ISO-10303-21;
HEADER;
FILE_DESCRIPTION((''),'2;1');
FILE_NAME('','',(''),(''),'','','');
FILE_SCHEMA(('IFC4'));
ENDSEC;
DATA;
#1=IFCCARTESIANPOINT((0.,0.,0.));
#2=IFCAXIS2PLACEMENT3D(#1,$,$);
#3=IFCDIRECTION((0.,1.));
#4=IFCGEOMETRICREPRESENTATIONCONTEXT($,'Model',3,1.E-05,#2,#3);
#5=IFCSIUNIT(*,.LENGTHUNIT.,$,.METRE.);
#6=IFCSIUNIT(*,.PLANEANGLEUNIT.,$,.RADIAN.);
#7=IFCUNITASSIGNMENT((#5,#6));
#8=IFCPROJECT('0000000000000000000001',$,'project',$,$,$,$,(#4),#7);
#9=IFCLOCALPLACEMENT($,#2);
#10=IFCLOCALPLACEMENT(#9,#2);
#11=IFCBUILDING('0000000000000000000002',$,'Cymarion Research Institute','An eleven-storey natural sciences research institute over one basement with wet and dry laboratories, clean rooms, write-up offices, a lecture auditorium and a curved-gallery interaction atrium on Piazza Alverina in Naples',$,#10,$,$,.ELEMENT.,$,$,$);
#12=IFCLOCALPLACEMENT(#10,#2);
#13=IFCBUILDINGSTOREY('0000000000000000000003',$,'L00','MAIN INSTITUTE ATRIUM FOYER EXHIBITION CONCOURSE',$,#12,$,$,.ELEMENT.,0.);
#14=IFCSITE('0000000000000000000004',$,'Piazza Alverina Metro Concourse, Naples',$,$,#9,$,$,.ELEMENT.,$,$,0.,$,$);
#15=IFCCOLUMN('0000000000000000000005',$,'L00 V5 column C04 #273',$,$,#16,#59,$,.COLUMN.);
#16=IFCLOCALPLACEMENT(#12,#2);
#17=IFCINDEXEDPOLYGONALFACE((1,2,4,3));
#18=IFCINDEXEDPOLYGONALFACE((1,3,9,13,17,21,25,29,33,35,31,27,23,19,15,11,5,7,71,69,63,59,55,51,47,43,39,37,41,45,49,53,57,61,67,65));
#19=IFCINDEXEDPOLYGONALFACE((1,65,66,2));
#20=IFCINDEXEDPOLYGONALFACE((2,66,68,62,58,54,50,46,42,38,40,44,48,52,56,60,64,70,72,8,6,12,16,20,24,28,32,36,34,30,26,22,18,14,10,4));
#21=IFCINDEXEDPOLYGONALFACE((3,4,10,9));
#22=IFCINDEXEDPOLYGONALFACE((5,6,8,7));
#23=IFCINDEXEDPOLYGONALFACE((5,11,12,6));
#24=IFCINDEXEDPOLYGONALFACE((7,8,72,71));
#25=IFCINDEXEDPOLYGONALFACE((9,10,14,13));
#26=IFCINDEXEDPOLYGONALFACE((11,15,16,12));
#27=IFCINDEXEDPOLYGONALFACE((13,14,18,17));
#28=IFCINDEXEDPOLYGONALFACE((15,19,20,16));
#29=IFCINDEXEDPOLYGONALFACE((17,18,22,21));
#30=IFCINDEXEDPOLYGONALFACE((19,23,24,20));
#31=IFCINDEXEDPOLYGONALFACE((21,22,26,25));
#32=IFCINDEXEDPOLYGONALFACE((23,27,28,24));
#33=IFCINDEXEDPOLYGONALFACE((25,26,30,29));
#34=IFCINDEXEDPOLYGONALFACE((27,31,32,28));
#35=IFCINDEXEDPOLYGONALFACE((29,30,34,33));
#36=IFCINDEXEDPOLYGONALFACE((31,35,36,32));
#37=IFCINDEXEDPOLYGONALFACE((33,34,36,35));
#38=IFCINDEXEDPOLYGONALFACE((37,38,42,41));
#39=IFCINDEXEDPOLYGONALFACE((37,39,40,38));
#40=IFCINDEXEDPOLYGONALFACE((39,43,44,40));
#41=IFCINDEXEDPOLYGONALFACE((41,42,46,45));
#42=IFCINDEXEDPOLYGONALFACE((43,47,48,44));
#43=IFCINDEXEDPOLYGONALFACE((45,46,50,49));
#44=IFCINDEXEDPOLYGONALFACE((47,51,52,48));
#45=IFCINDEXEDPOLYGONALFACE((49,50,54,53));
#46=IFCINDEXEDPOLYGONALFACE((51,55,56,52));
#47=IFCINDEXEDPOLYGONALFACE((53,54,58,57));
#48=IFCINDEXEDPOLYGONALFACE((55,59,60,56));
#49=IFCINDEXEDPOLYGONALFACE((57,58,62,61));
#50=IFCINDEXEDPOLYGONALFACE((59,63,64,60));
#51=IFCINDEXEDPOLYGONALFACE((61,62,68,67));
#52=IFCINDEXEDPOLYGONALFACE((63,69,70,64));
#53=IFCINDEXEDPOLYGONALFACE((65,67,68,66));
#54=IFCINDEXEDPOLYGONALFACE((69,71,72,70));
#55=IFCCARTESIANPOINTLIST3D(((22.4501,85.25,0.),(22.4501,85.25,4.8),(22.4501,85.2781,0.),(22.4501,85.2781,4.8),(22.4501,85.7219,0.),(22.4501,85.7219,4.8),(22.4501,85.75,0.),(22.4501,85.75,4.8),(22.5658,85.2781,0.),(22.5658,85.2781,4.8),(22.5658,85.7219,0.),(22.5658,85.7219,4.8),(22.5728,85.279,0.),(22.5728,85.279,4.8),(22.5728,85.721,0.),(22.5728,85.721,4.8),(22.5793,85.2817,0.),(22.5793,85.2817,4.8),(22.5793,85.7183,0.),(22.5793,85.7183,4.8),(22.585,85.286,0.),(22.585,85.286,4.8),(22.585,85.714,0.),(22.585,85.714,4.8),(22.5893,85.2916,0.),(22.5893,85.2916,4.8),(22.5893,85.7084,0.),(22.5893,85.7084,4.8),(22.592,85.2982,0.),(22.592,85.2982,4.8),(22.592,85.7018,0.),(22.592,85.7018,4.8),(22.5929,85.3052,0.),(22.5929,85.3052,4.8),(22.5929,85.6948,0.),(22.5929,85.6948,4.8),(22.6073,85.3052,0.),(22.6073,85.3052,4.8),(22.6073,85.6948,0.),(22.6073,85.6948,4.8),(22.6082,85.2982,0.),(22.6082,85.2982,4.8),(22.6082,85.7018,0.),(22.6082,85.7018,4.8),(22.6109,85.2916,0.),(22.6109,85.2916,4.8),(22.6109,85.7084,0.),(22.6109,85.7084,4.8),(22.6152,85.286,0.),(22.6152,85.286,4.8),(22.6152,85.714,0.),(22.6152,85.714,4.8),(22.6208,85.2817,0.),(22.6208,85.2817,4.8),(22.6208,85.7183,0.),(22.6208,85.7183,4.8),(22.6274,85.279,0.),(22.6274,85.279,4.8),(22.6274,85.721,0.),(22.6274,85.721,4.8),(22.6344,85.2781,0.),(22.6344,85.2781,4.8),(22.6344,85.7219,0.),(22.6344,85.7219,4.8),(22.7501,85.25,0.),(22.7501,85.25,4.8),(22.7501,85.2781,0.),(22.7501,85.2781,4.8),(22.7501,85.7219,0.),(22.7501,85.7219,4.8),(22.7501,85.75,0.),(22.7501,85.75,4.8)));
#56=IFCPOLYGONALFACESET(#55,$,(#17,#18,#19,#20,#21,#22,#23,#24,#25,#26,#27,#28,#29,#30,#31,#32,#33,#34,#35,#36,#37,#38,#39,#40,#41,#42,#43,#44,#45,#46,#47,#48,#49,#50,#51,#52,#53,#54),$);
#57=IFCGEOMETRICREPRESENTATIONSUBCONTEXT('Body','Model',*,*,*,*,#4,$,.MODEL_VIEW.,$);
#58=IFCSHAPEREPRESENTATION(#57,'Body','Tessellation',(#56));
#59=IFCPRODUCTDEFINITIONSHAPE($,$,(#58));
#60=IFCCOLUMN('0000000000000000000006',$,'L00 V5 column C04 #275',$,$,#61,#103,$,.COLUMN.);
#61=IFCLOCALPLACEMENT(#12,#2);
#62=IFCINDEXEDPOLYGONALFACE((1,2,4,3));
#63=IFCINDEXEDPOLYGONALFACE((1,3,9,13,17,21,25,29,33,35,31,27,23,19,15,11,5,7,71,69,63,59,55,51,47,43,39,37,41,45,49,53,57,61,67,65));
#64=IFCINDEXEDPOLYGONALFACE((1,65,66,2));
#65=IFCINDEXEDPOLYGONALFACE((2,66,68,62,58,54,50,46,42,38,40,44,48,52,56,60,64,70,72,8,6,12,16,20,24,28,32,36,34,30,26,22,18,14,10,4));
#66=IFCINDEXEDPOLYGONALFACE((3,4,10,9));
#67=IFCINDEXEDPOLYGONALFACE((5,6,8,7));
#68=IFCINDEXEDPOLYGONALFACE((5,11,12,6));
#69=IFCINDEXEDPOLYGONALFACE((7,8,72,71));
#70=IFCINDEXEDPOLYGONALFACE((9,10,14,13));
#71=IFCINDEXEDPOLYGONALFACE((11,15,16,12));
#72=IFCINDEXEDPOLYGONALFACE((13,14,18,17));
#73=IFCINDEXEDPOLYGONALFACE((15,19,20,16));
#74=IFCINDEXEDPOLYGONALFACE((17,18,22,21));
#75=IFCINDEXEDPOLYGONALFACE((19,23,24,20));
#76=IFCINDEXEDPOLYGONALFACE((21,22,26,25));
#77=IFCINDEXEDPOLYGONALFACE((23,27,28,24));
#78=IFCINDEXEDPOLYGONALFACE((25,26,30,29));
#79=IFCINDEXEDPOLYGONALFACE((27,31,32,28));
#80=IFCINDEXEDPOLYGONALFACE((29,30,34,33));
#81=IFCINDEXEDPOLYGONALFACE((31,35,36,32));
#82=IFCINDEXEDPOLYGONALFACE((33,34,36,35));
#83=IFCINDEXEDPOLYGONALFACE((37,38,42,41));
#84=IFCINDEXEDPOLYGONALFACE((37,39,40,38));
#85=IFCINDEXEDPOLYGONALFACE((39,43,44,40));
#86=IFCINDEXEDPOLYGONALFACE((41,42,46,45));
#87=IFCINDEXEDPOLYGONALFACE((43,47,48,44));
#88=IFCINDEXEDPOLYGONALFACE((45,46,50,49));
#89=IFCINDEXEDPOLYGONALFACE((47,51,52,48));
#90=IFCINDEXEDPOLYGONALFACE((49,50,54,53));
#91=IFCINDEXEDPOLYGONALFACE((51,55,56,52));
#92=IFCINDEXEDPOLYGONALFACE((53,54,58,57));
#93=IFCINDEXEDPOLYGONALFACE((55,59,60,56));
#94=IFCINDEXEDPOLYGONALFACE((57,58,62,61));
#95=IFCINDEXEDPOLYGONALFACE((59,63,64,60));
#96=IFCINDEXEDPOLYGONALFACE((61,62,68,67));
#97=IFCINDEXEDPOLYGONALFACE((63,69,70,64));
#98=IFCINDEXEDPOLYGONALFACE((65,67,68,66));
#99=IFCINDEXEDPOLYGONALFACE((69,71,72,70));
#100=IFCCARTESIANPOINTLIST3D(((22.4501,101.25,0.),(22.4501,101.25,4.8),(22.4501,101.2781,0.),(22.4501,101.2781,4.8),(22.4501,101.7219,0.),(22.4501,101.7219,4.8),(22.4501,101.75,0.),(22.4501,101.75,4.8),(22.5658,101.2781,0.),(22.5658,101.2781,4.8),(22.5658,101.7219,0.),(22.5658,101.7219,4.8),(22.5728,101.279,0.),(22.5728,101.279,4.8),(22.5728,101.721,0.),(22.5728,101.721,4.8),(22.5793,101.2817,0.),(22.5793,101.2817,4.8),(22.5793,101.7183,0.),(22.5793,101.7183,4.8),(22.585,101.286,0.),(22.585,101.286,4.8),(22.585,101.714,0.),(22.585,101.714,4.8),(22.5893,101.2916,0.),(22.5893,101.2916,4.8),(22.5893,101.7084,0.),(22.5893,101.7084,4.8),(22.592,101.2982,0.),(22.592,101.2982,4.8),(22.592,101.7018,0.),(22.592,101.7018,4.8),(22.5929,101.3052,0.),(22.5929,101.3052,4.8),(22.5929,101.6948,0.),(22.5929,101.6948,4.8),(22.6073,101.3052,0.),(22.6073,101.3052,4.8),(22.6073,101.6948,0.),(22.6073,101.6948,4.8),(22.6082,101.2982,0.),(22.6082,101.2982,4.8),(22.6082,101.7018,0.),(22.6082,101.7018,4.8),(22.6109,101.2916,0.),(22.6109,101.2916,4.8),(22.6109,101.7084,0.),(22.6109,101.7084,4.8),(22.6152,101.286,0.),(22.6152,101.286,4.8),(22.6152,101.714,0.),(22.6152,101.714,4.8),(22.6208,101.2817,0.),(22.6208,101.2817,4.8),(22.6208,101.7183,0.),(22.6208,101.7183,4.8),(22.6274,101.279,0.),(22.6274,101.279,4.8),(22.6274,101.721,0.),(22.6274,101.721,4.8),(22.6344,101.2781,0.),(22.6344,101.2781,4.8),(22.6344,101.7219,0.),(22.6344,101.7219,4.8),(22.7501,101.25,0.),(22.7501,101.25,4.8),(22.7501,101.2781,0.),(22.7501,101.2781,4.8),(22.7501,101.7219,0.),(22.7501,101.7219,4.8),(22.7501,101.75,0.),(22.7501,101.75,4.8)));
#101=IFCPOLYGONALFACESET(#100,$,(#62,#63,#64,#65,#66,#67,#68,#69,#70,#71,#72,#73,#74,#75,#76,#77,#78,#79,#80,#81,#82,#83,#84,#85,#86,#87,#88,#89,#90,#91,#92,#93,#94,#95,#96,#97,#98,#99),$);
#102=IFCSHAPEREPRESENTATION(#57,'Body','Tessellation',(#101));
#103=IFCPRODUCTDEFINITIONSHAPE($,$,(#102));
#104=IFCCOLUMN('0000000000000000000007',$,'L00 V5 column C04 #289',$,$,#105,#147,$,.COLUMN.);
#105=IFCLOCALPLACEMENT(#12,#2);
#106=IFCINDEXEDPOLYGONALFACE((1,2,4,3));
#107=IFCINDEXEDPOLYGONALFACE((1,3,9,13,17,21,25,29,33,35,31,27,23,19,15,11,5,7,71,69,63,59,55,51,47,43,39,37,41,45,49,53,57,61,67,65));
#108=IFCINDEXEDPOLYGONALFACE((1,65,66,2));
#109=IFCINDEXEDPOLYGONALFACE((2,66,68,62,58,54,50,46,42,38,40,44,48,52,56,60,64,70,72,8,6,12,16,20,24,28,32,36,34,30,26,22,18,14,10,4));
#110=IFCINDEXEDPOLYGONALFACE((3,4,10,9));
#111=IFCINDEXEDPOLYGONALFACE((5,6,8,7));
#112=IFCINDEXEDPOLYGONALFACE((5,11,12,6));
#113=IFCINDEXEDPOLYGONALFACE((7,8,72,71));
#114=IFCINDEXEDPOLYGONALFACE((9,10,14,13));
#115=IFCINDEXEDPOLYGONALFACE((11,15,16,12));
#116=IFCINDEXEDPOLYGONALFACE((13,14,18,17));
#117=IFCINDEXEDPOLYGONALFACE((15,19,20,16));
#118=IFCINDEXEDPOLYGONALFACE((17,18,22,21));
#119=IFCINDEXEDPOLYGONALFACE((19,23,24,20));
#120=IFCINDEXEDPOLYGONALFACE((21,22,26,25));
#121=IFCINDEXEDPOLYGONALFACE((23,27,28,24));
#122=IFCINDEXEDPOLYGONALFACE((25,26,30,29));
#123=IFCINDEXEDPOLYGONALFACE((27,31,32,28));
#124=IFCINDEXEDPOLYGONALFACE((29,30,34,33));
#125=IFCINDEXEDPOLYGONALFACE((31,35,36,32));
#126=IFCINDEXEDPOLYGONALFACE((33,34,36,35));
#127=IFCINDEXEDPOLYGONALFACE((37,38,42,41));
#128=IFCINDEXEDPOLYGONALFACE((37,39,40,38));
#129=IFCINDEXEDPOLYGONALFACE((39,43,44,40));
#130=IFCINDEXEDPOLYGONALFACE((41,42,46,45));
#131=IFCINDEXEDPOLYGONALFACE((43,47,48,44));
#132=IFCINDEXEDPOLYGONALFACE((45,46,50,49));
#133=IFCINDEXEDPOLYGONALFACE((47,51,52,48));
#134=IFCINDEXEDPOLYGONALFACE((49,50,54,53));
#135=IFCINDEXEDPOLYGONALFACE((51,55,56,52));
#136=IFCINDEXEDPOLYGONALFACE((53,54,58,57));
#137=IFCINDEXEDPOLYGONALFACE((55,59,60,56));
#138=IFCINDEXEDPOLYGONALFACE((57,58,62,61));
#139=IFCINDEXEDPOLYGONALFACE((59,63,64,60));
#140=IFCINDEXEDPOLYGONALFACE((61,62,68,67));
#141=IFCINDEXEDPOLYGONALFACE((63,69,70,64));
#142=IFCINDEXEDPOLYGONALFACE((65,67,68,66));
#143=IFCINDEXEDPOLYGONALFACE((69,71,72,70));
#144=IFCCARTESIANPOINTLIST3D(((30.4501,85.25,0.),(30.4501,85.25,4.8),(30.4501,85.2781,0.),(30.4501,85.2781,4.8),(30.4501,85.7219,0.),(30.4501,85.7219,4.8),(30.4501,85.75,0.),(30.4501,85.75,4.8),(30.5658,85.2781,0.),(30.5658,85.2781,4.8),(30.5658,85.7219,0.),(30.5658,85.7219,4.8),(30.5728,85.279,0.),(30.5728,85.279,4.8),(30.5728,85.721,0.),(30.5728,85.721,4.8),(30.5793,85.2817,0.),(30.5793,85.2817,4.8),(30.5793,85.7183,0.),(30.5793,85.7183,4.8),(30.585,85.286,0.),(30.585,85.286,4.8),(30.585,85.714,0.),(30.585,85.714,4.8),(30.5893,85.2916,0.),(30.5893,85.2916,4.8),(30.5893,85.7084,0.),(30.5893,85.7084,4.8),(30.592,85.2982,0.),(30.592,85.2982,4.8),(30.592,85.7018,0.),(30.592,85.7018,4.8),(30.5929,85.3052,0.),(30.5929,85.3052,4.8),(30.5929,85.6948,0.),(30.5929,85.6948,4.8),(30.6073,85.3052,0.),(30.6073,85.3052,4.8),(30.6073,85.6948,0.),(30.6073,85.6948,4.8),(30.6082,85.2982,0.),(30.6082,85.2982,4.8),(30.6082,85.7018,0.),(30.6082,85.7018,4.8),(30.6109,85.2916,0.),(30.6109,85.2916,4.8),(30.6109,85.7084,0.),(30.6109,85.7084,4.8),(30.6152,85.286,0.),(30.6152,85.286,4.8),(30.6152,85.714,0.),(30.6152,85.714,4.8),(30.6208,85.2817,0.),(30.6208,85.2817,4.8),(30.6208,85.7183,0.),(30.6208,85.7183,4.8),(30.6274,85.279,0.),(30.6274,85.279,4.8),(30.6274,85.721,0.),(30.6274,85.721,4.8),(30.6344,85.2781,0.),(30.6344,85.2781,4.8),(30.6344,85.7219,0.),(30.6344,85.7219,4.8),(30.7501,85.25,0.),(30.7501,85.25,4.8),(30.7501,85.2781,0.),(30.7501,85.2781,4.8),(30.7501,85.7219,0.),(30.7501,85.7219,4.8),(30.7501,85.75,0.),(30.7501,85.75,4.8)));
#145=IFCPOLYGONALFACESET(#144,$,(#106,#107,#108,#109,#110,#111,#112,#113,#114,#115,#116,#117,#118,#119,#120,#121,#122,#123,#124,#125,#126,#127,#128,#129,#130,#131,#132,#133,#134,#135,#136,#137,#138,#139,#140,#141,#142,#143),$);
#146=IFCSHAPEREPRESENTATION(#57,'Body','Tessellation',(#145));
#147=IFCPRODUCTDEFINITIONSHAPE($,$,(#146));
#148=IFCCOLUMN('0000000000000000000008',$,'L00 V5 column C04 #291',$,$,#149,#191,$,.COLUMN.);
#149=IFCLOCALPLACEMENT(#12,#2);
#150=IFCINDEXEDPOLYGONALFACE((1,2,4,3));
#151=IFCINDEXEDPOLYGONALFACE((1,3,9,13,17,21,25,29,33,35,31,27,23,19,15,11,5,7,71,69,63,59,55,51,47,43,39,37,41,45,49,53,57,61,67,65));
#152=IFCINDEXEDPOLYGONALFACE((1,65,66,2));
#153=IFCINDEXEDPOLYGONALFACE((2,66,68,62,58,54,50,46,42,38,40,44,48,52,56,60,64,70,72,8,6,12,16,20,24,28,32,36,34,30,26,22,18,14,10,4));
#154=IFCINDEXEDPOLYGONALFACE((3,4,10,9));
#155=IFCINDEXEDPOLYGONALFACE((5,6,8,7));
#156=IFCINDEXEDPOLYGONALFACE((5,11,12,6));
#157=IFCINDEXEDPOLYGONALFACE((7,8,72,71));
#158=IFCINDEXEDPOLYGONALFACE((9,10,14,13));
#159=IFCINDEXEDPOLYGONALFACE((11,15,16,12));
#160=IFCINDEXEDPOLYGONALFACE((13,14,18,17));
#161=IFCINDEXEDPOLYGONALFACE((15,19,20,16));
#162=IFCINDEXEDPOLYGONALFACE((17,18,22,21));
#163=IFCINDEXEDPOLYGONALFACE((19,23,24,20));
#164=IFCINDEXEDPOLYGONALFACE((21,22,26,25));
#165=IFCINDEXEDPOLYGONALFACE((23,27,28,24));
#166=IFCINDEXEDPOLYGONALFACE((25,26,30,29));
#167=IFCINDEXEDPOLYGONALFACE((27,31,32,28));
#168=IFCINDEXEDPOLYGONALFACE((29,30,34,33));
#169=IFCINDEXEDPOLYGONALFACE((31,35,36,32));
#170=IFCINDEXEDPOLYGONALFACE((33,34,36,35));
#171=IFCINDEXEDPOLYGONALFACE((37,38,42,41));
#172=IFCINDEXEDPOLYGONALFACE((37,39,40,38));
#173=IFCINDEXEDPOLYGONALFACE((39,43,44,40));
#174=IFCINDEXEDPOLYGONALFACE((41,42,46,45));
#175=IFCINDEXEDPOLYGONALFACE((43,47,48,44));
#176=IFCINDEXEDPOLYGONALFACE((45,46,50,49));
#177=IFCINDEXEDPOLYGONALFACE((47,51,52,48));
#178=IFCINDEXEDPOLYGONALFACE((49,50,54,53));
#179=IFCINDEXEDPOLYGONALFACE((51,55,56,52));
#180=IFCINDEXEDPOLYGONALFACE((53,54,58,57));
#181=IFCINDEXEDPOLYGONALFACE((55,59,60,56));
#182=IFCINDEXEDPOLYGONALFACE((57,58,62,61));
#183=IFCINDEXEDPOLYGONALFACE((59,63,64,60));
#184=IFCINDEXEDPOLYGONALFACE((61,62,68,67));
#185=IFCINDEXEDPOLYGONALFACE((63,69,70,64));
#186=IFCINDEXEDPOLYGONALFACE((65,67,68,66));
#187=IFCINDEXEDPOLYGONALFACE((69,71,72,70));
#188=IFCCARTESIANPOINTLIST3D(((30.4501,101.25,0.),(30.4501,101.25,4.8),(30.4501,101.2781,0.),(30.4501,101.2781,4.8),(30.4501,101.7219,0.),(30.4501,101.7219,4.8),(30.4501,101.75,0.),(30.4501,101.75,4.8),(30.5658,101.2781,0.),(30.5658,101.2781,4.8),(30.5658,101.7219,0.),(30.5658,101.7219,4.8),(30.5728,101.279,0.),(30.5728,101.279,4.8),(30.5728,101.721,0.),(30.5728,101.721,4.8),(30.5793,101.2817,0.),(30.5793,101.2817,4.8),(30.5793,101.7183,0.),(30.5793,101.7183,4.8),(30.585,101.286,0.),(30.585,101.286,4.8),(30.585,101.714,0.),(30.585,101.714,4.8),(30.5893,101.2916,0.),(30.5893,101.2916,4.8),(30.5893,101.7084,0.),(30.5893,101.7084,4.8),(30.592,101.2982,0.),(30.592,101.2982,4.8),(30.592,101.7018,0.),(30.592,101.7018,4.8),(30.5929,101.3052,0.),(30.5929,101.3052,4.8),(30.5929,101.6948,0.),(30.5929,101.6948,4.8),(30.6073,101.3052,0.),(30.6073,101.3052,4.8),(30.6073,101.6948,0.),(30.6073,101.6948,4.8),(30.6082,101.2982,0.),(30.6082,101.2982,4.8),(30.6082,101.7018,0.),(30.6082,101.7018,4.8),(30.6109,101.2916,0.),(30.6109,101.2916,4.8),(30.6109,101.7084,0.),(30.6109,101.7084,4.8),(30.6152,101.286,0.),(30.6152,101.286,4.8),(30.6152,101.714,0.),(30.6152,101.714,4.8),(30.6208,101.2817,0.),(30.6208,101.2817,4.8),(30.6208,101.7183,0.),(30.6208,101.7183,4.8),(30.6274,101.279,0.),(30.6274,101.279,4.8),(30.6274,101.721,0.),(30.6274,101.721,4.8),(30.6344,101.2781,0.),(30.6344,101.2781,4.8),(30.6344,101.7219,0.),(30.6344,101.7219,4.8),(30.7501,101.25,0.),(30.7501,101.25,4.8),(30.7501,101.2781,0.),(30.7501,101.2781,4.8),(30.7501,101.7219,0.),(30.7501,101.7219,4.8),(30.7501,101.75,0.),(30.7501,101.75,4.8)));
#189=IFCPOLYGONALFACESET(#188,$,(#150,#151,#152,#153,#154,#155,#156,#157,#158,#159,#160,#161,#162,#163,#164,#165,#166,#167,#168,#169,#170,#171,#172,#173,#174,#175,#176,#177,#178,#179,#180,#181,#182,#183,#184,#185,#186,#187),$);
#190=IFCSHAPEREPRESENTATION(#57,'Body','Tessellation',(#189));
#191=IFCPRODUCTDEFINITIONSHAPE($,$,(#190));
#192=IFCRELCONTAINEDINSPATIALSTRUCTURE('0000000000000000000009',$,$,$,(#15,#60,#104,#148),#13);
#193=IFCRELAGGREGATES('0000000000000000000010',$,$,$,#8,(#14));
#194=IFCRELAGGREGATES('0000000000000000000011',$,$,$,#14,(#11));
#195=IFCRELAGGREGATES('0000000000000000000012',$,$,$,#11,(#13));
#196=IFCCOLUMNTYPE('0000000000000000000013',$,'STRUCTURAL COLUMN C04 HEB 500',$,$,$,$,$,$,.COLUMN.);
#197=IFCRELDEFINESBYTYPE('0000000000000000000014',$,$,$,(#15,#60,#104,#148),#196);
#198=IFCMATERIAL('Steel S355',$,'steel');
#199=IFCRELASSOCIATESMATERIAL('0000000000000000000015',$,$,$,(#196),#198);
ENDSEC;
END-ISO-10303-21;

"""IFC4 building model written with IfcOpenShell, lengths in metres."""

from ifc_helpers import new_model, si_unit, direction, frame, origin, origin_2d, place, context, subcontext, project, spatial, i_section, extrude, material, material_profile, profile_set, type_object, element, save


model = new_model("IFC4")

# Units and contexts
model_context = context("Model", 3, precision=1e-05, world=origin(), true_north=direction((0.0, 1.0)))
body_context = subcontext(model_context, "Body", "Model", "MODEL_VIEW")
ifc_project = project(units=[si_unit("LENGTHUNIT", "METRE"), si_unit("PLANEANGLEUNIT", "RADIAN")], contexts=[model_context])

# Site, building, storey
site_placement = place(None, origin())
site = spatial("IfcSite", under=ifc_project, at=site_placement, Name="Piazza Alverina Metro Concourse, Naples", CompositionType="ELEMENT", RefElevation=0.0)
building_placement = place(site_placement, origin())
building = spatial("IfcBuilding", under=site, at=building_placement, Name="Cymarion Research Institute", Description="An eleven-storey natural sciences research institute over one basement with wet and dry laboratories, clean rooms, write-up offices, a lecture auditorium and a curved-gallery interaction atrium on Piazza Alverina in Naples", CompositionType="ELEMENT")
storey_placement = place(building_placement, origin())
storey = spatial("IfcBuildingStorey", under=building, at=storey_placement, Name="L00", Description="MAIN INSTITUTE ATRIUM FOYER EXHIBITION CONCOURSE", CompositionType="ELEMENT", Elevation=0.0)

# Columns
ifc_material_1 = material(Name="Steel S355", Category="steel")
ifc_material_profile_1 = material_profile(ifc_material_1, i_section(OverallWidth=0.3, OverallDepth=0.5, WebThickness=0.0144, FlangeThickness=0.0281, FilletRadius=0.0271, at=origin_2d()), Name="HEB 500")
ifc_profile_set_1 = profile_set([ifc_material_profile_1], Name="Steel S355")
column_type_1 = type_object("IfcColumnType", Name="STRUCTURAL COLUMN C04 HEB 500", PredefinedType="COLUMN", material=ifc_profile_set_1)
for number, where, z_axis, x_axis, name in (
    (1, (22.6001, 85.5, 0.0), (0.0, 0.0, 1.0), (1.0, 0.0, 0.0), "L00 V5 column C04 #273"),
    (2, (22.6001, 101.5, 0.0), (0.0, 0.0, 1.0), (1.0, 0.0, 0.0), "L00 V5 column C04 #275"),
    (3, (30.6001, 85.5, 0.0), (0.0, 0.0, 1.0), (1.0, 0.0, 0.0), "L00 V5 column C04 #289"),
    (4, (30.6001, 101.5, 0.0), (0.0, 0.0, 1.0), (1.0, 0.0, 0.0), "L00 V5 column C04 #291"),
):
    element("IfcColumn", number, at=place(storey_placement, frame(where, z_axis=z_axis, x_axis=x_axis)), inside=storey, type_object=column_type_1, Name=name, PredefinedType="COLUMN", context=body_context, shape_type="SweptSolid", body=[
        extrude(i_section(OverallWidth=0.3, OverallDepth=0.5, WebThickness=0.0144, FlangeThickness=0.0281, FilletRadius=0.0271, at=origin_2d()), origin(), (0.0, 0.0, 1.0), 4.8),
    ])

save(model, "model.ifc")
